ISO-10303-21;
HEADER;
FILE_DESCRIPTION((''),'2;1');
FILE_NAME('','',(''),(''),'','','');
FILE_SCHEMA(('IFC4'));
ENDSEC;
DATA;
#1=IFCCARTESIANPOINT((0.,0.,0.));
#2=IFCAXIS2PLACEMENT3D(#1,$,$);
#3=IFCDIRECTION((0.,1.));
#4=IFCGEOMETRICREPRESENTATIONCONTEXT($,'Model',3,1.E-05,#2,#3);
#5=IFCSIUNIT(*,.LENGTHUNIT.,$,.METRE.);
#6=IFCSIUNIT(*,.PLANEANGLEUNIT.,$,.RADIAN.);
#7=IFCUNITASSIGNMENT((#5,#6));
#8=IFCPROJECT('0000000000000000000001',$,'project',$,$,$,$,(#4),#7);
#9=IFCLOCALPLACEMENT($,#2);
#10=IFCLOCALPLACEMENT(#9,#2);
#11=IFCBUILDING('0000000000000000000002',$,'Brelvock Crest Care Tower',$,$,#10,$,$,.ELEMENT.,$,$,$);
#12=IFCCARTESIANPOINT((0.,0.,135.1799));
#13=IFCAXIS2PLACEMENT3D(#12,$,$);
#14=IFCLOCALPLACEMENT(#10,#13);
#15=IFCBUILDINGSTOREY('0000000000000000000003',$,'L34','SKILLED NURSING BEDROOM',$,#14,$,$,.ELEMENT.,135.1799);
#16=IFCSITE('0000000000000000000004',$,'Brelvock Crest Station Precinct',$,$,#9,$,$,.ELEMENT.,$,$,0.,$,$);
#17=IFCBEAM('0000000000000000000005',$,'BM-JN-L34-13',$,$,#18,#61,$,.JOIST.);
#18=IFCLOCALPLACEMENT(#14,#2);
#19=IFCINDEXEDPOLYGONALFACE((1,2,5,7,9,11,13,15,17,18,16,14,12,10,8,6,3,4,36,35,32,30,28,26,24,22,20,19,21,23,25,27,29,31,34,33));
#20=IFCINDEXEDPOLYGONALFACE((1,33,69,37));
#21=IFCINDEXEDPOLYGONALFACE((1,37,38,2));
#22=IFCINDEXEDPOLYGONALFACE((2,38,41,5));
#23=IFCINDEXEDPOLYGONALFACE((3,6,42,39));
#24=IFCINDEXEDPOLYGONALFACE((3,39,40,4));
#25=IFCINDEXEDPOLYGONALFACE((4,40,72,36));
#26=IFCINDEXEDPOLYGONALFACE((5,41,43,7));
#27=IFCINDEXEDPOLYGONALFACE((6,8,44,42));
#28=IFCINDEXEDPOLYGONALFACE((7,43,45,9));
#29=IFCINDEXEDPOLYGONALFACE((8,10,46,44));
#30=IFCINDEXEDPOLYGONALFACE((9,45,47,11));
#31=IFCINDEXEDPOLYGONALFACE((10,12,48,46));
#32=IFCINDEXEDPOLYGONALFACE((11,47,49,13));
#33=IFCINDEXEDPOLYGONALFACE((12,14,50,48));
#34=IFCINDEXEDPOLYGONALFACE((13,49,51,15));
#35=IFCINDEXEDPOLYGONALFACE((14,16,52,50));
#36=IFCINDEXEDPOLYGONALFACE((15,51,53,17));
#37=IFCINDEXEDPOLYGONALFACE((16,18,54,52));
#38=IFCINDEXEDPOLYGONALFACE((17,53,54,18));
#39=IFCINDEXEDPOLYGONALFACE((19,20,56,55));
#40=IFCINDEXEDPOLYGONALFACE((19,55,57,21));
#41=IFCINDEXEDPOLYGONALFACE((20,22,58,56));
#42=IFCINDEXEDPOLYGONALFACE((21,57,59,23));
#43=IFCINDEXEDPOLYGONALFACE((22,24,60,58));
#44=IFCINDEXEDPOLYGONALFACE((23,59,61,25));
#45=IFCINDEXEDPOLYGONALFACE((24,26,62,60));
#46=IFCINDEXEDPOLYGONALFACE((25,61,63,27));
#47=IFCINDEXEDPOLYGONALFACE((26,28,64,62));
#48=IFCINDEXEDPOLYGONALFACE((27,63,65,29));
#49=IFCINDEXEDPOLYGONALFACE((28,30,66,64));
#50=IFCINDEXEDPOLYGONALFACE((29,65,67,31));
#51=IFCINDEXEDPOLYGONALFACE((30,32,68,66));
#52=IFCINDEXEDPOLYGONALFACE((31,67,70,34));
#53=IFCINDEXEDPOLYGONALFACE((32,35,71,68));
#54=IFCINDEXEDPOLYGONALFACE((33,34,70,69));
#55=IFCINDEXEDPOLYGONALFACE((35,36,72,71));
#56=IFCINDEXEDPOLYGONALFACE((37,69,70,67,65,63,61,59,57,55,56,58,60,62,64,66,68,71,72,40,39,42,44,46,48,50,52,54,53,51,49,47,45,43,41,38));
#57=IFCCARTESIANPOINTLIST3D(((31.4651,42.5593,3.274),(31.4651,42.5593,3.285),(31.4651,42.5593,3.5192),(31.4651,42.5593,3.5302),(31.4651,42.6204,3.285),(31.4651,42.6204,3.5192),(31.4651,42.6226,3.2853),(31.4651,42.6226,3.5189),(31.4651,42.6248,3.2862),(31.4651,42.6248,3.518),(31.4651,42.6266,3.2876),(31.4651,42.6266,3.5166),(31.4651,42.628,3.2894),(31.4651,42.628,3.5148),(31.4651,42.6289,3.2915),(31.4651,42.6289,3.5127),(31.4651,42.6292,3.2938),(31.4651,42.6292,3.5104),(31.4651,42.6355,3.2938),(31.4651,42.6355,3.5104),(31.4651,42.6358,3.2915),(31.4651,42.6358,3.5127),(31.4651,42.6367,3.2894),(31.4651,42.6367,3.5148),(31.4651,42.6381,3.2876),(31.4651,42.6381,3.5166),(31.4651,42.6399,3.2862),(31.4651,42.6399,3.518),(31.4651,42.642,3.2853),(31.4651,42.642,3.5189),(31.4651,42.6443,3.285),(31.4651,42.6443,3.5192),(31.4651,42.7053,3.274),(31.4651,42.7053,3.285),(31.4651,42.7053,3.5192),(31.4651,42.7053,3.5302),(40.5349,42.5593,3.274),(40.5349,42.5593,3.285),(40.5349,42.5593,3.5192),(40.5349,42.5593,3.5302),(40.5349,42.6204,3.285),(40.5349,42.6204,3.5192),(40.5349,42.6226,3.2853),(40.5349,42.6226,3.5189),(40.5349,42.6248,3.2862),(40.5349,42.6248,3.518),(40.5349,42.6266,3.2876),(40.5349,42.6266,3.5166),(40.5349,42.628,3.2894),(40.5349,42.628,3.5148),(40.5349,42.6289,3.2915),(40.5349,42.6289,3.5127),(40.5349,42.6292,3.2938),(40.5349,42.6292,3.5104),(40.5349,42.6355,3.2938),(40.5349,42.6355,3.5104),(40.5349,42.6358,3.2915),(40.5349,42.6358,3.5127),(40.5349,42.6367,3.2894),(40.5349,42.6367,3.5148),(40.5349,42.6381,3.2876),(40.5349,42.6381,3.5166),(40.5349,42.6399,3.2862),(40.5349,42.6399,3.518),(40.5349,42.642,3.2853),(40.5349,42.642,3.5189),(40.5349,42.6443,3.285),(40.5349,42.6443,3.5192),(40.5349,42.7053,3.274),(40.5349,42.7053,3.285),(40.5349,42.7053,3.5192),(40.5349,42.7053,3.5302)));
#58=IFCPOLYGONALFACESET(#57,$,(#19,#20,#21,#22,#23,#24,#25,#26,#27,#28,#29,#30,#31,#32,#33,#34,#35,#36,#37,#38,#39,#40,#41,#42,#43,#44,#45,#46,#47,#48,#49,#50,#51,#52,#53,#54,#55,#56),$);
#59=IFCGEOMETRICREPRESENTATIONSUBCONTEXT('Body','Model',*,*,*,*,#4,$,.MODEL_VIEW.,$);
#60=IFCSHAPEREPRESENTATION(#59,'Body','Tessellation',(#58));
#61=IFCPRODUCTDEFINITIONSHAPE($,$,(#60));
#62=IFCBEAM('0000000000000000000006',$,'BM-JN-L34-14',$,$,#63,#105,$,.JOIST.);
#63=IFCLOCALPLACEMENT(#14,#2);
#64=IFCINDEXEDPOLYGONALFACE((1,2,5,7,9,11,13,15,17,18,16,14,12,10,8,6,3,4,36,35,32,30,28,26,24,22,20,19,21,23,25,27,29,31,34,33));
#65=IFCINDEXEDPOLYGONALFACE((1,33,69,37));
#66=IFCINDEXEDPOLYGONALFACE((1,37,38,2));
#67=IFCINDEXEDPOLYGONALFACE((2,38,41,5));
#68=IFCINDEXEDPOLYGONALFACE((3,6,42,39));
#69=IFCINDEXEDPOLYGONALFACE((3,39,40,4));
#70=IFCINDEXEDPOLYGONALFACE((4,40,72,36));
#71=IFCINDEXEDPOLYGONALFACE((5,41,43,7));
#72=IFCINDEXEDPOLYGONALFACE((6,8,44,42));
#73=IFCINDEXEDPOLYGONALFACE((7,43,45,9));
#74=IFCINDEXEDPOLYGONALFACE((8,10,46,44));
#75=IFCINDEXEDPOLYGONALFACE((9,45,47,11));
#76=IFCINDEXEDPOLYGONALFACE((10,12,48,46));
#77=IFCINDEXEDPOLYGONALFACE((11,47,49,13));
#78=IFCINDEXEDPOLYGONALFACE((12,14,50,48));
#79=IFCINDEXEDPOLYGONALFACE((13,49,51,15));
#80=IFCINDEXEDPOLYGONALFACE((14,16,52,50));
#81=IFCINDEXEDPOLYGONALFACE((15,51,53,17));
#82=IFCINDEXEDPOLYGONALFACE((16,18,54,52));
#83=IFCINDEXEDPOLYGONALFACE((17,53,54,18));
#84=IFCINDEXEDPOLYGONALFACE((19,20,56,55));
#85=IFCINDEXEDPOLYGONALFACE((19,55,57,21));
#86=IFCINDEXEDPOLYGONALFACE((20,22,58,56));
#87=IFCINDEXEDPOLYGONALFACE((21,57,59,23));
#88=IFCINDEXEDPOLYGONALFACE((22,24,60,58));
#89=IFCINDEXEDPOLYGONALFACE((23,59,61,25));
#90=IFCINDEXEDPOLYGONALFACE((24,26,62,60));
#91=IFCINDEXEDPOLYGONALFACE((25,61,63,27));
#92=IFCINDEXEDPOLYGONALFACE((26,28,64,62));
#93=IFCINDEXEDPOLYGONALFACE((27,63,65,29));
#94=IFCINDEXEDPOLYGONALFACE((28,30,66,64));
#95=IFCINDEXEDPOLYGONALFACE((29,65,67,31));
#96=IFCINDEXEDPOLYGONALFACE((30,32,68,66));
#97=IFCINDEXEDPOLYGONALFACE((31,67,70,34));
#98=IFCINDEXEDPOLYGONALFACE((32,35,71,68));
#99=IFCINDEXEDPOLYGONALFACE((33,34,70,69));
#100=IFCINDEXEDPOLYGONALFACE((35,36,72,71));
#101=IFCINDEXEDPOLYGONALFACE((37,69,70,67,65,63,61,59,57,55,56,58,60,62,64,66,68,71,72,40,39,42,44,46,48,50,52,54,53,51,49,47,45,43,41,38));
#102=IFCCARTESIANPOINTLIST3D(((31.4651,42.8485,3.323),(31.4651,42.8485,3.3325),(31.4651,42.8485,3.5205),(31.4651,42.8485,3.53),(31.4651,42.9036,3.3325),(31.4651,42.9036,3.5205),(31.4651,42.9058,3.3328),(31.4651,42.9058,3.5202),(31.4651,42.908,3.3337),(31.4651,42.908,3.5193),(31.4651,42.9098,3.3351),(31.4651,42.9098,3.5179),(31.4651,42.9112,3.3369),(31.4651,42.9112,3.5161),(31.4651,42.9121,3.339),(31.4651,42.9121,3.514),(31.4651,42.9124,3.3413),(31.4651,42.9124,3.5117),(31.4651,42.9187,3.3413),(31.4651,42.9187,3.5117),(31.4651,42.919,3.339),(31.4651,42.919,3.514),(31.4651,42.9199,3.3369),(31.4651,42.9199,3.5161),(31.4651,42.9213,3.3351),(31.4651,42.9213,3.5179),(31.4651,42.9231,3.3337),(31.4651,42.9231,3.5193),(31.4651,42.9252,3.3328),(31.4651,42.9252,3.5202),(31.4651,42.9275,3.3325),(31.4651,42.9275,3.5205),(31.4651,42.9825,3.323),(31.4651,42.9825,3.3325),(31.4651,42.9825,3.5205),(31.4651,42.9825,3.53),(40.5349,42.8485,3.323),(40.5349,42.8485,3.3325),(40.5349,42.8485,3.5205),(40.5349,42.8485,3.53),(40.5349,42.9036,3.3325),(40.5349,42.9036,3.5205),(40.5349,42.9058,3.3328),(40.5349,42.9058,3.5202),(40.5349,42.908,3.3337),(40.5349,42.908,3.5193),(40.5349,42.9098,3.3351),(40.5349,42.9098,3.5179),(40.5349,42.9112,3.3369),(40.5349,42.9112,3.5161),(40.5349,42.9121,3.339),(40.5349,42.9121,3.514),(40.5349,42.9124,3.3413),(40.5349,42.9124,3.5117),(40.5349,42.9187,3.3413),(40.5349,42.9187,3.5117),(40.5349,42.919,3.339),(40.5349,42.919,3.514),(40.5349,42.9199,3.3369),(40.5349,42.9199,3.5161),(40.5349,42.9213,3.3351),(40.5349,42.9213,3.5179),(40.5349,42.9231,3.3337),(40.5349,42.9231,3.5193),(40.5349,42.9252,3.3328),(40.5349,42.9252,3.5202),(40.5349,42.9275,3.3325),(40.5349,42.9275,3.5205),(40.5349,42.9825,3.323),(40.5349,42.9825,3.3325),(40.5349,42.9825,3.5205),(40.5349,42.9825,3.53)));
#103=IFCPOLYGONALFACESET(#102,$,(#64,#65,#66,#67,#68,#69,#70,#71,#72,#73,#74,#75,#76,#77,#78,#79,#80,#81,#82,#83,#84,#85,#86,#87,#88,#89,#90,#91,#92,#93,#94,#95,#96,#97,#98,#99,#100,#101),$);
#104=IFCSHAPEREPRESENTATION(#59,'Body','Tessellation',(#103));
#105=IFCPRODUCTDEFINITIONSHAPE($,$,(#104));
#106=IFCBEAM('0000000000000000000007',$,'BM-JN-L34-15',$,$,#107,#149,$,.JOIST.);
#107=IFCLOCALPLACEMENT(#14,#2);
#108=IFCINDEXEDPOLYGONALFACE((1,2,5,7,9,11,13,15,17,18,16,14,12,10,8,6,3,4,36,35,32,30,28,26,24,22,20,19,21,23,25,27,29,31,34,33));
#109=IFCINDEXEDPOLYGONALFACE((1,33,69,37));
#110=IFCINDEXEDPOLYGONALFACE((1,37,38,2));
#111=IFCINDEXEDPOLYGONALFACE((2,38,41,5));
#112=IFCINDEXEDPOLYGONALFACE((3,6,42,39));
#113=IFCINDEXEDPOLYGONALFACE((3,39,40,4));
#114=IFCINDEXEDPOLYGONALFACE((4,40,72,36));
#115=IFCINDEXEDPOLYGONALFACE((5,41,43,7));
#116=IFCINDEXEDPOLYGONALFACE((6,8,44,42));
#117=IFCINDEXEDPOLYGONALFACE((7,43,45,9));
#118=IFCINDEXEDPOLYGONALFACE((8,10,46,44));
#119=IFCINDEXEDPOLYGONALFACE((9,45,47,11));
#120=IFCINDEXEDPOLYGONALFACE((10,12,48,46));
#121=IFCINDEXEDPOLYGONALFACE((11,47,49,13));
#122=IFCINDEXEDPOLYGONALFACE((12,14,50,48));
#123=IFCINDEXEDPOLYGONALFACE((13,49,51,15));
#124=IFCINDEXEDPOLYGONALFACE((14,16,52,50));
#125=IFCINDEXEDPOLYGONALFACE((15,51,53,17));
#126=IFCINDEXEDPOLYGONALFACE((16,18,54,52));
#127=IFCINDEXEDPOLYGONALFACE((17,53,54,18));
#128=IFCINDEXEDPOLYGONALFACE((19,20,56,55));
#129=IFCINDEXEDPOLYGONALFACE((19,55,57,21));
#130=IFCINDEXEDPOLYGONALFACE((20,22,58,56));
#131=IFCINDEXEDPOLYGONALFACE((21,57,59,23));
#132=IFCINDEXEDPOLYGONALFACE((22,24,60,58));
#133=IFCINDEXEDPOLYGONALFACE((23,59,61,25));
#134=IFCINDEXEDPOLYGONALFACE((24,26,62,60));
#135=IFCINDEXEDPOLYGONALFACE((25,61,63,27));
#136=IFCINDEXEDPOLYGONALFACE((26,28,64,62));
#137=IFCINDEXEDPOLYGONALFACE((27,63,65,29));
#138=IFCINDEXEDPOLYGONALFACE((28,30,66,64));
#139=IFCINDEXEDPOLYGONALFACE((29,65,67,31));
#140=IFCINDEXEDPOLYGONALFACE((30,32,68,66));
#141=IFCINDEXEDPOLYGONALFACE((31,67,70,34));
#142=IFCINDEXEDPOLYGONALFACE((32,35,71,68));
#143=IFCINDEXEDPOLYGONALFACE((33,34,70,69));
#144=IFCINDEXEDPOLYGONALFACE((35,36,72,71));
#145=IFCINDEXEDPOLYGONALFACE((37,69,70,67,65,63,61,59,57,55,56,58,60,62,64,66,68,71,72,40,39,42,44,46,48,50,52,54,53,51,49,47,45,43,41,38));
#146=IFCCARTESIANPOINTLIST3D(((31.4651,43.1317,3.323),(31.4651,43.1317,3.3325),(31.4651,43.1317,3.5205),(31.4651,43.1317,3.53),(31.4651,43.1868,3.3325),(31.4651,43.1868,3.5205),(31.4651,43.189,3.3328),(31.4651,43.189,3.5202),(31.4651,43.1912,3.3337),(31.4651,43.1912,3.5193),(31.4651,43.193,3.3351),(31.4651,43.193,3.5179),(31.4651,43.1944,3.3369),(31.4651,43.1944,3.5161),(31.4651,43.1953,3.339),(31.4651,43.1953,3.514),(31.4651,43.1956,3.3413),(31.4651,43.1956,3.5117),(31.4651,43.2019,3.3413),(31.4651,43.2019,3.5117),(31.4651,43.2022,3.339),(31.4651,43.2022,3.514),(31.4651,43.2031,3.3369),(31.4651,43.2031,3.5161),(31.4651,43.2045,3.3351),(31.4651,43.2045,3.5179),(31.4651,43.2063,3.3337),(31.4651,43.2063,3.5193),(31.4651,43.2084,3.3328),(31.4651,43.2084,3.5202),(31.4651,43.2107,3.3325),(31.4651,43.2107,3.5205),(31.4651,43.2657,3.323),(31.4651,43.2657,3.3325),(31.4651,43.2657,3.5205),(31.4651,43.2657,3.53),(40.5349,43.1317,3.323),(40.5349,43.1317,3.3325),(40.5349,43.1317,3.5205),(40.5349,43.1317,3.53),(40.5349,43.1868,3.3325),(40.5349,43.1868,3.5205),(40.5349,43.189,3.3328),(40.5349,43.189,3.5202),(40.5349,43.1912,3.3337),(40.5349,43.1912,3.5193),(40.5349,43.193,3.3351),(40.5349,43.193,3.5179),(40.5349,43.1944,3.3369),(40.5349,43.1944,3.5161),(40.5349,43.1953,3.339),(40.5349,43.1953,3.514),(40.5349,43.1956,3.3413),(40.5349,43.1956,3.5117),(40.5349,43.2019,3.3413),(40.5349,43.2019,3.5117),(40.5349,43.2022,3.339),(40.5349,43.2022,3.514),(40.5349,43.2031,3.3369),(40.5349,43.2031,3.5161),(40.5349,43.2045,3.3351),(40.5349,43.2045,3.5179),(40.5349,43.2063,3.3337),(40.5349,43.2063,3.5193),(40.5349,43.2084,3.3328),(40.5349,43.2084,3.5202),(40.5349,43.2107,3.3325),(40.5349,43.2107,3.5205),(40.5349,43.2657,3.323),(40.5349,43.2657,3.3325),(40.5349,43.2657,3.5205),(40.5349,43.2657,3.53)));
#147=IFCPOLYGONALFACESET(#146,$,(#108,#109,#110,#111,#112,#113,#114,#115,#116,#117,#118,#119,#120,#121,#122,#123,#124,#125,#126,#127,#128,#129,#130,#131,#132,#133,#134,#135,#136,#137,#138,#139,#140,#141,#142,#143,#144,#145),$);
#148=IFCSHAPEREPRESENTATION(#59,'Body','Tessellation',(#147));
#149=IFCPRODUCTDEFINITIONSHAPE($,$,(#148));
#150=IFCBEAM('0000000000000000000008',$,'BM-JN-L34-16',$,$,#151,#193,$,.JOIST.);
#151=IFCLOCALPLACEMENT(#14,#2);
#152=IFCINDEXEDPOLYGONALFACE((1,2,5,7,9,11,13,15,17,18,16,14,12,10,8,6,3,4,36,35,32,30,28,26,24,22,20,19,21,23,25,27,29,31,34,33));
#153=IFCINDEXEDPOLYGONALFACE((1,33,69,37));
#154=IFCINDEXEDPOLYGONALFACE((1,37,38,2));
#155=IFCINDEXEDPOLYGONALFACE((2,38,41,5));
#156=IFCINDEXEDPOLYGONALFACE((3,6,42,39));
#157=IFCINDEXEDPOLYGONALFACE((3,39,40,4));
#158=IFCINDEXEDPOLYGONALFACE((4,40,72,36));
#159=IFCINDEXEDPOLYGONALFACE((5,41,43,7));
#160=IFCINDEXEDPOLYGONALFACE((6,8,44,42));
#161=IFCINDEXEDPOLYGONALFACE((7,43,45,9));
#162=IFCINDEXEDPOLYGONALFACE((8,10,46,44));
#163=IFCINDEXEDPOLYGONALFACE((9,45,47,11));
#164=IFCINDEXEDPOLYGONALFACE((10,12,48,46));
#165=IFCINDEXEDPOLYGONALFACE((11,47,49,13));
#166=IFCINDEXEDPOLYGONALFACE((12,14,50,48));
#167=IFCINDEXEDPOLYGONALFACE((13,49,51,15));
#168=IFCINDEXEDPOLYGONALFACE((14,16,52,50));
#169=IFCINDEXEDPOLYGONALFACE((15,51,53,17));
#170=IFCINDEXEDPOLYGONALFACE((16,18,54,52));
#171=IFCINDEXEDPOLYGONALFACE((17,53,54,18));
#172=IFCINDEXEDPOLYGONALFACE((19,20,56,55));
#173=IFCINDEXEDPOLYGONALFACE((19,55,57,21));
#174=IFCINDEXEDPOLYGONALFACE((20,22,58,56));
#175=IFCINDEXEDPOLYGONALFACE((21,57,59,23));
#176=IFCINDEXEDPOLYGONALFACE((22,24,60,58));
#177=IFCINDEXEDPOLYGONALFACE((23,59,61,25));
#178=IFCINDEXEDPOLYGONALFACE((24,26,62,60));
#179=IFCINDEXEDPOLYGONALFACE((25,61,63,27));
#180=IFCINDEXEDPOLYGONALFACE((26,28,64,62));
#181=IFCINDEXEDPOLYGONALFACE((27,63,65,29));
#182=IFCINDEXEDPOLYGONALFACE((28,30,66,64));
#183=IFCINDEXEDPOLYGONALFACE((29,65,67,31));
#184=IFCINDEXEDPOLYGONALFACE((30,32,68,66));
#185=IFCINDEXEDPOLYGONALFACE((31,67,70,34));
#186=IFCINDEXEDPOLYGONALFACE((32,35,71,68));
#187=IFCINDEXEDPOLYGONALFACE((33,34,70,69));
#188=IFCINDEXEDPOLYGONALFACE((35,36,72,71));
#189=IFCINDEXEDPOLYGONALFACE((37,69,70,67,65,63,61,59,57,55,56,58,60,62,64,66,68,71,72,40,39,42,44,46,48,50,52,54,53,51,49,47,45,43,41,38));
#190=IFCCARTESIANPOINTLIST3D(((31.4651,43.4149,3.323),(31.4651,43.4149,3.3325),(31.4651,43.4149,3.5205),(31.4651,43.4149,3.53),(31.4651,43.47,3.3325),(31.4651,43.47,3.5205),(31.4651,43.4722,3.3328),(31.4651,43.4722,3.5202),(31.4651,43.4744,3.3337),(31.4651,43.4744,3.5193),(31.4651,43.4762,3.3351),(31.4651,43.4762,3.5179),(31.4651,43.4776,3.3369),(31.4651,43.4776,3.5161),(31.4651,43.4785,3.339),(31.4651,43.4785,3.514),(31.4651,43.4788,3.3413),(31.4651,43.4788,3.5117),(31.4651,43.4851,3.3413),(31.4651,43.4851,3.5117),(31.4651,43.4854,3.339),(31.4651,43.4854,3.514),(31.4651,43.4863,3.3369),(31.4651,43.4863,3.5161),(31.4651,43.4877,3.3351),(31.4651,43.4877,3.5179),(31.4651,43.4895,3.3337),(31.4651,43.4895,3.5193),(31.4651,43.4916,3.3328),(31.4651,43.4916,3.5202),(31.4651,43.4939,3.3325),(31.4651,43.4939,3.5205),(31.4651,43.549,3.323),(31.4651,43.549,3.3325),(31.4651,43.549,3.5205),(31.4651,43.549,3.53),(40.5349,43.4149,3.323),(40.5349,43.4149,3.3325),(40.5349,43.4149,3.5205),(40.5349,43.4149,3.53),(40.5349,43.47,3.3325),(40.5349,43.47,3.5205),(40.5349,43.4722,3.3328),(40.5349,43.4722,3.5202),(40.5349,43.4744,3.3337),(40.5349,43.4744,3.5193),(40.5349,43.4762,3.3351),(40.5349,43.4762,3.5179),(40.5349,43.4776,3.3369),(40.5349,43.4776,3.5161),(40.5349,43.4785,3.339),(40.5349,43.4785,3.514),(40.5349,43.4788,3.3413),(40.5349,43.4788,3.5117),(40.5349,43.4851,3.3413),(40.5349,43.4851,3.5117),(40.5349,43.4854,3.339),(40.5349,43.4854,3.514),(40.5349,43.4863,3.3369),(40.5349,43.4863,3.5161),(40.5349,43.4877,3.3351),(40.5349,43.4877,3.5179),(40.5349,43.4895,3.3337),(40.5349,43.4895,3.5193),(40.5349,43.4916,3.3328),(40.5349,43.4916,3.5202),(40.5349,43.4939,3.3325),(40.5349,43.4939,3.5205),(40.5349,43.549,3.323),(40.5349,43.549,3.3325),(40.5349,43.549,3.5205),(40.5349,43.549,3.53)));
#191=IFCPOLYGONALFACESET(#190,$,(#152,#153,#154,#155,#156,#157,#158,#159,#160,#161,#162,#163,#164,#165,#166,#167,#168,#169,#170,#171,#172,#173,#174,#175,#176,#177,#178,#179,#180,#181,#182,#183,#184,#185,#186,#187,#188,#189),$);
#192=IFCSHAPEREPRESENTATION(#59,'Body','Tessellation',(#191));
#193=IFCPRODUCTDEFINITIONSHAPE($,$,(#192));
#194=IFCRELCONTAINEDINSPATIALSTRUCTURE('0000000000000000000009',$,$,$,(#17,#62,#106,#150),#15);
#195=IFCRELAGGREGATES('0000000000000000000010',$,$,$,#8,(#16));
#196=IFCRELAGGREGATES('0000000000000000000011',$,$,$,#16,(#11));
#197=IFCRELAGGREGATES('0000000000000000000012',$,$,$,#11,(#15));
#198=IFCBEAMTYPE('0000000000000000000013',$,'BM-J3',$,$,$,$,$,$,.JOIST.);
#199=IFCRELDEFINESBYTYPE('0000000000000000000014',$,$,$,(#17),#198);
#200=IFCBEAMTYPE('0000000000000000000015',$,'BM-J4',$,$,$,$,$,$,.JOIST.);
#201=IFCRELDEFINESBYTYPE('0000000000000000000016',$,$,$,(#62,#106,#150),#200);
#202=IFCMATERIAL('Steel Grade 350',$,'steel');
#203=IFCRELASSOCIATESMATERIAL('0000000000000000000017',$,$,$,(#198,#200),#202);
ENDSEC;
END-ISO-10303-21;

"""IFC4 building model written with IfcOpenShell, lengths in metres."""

from ifc_helpers import new_model, si_unit, direction, frame, origin, origin_2d, place, context, subcontext, project, spatial, i_section, extrude, source, transform, mapped, material, material_profile, profile_set, type_object, element, save


model = new_model("IFC4")

# Units and contexts
model_context = context("Model", 3, precision=1e-05, world=origin(), true_north=direction((0.0, 1.0)))
body_context = subcontext(model_context, "Body", "Model", "MODEL_VIEW")
ifc_project = project(units=[si_unit("LENGTHUNIT", "METRE"), si_unit("PLANEANGLEUNIT", "RADIAN")], contexts=[model_context])

# Site, building, storey
site_placement = place(None, origin())
site = spatial("IfcSite", under=ifc_project, at=site_placement, Name="Brelvock Crest Station Precinct", CompositionType="ELEMENT", RefElevation=0.0)
building_placement = place(site_placement, origin())
building = spatial("IfcBuilding", under=site, at=building_placement, Name="Brelvock Crest Care Tower", CompositionType="ELEMENT")
storey_placement = place(building_placement, frame((0.0, 0.0, 135.1799)))
storey = spatial("IfcBuildingStorey", under=building, at=storey_placement, Name="L34", Description="SKILLED NURSING BEDROOM", CompositionType="ELEMENT", Elevation=135.1799)

# Shared definitions
ifc_material_1 = material(Name="Steel Grade 350", Category="steel")

# Beams
ifc_material_profile_1 = material_profile(ifc_material_1, i_section(OverallWidth=0.146, OverallDepth=0.2561, WebThickness=0.0063, FlangeThickness=0.011, FilletRadius=0.0088, at=origin_2d()), Name="250UB37.3")
ifc_profile_set_1 = profile_set([ifc_material_profile_1], Name="Steel Grade 350")
beam_type_1 = type_object("IfcBeamType", Name="BM-J3", PredefinedType="JOIST", material=ifc_profile_set_1)
shared_shape_1 = source(origin(), body_context, "Body", "SweptSolid", [
    extrude(i_section(OverallWidth=0.146, OverallDepth=0.2561, WebThickness=0.0063, FlangeThickness=0.011, FilletRadius=0.0088, at=origin_2d()), origin(), (0.0, 0.0, 1.0), 9.0698),
])
for number, where, z_axis, x_axis, name in (
    (1, (31.4651, 42.6323, 3.4021), (1.0, 0.0, 0.0), (0.0, 1.0, 0.0), "BM-JN-L34-13"),
):
    element("IfcBeam", number, at=place(storey_placement, frame(where, z_axis=z_axis, x_axis=x_axis)), inside=storey, type_object=beam_type_1, Name=name, PredefinedType="JOIST", context=body_context, shape_type="MappedRepresentation", body=[
        mapped(shared_shape_1, transform((0.0, 0.0, 0.0), x_axis=(1.0, 0.0, 0.0), y_axis=(0.0, 1.0, 0.0), z_axis=(0.0, 0.0, 1.0), scale=1.0)),
    ])
ifc_material_profile_2 = material_profile(ifc_material_1, i_section(OverallWidth=0.134, OverallDepth=0.207, WebThickness=0.0063, FlangeThickness=0.0095, FilletRadius=0.0088, at=origin_2d()), Name="200UB29.8")
ifc_profile_set_2 = profile_set([ifc_material_profile_2], Name="Steel Grade 350")
beam_type_2 = type_object("IfcBeamType", Name="BM-J4", PredefinedType="JOIST", material=ifc_profile_set_2)
shared_shape_2 = source(origin(), body_context, "Body", "SweptSolid", [
    extrude(i_section(OverallWidth=0.134, OverallDepth=0.207, WebThickness=0.0063, FlangeThickness=0.0095, FilletRadius=0.0088, at=origin_2d()), origin(), (0.0, 0.0, 1.0), 9.0698),
])
for number, where, z_axis, x_axis, name in (
    (2, (31.4651, 42.9155, 3.4265), (1.0, 0.0, 0.0), (0.0, 1.0, 0.0), "BM-JN-L34-14"),
    (3, (31.4651, 43.1987, 3.4265), (1.0, 0.0, 0.0), (0.0, 1.0, 0.0), "BM-JN-L34-15"),
    (4, (31.4651, 43.4819, 3.4265), (1.0, 0.0, 0.0), (0.0, 1.0, 0.0), "BM-JN-L34-16"),
):
    element("IfcBeam", number, at=place(storey_placement, frame(where, z_axis=z_axis, x_axis=x_axis)), inside=storey, type_object=beam_type_2, Name=name, PredefinedType="JOIST", context=body_context, shape_type="MappedRepresentation", body=[
        mapped(shared_shape_2, transform((0.0, 0.0, 0.0), x_axis=(1.0, 0.0, 0.0), y_axis=(0.0, 1.0, 0.0), z_axis=(0.0, 0.0, 1.0), scale=1.0)),
    ])

save(model, "model.ifc")
